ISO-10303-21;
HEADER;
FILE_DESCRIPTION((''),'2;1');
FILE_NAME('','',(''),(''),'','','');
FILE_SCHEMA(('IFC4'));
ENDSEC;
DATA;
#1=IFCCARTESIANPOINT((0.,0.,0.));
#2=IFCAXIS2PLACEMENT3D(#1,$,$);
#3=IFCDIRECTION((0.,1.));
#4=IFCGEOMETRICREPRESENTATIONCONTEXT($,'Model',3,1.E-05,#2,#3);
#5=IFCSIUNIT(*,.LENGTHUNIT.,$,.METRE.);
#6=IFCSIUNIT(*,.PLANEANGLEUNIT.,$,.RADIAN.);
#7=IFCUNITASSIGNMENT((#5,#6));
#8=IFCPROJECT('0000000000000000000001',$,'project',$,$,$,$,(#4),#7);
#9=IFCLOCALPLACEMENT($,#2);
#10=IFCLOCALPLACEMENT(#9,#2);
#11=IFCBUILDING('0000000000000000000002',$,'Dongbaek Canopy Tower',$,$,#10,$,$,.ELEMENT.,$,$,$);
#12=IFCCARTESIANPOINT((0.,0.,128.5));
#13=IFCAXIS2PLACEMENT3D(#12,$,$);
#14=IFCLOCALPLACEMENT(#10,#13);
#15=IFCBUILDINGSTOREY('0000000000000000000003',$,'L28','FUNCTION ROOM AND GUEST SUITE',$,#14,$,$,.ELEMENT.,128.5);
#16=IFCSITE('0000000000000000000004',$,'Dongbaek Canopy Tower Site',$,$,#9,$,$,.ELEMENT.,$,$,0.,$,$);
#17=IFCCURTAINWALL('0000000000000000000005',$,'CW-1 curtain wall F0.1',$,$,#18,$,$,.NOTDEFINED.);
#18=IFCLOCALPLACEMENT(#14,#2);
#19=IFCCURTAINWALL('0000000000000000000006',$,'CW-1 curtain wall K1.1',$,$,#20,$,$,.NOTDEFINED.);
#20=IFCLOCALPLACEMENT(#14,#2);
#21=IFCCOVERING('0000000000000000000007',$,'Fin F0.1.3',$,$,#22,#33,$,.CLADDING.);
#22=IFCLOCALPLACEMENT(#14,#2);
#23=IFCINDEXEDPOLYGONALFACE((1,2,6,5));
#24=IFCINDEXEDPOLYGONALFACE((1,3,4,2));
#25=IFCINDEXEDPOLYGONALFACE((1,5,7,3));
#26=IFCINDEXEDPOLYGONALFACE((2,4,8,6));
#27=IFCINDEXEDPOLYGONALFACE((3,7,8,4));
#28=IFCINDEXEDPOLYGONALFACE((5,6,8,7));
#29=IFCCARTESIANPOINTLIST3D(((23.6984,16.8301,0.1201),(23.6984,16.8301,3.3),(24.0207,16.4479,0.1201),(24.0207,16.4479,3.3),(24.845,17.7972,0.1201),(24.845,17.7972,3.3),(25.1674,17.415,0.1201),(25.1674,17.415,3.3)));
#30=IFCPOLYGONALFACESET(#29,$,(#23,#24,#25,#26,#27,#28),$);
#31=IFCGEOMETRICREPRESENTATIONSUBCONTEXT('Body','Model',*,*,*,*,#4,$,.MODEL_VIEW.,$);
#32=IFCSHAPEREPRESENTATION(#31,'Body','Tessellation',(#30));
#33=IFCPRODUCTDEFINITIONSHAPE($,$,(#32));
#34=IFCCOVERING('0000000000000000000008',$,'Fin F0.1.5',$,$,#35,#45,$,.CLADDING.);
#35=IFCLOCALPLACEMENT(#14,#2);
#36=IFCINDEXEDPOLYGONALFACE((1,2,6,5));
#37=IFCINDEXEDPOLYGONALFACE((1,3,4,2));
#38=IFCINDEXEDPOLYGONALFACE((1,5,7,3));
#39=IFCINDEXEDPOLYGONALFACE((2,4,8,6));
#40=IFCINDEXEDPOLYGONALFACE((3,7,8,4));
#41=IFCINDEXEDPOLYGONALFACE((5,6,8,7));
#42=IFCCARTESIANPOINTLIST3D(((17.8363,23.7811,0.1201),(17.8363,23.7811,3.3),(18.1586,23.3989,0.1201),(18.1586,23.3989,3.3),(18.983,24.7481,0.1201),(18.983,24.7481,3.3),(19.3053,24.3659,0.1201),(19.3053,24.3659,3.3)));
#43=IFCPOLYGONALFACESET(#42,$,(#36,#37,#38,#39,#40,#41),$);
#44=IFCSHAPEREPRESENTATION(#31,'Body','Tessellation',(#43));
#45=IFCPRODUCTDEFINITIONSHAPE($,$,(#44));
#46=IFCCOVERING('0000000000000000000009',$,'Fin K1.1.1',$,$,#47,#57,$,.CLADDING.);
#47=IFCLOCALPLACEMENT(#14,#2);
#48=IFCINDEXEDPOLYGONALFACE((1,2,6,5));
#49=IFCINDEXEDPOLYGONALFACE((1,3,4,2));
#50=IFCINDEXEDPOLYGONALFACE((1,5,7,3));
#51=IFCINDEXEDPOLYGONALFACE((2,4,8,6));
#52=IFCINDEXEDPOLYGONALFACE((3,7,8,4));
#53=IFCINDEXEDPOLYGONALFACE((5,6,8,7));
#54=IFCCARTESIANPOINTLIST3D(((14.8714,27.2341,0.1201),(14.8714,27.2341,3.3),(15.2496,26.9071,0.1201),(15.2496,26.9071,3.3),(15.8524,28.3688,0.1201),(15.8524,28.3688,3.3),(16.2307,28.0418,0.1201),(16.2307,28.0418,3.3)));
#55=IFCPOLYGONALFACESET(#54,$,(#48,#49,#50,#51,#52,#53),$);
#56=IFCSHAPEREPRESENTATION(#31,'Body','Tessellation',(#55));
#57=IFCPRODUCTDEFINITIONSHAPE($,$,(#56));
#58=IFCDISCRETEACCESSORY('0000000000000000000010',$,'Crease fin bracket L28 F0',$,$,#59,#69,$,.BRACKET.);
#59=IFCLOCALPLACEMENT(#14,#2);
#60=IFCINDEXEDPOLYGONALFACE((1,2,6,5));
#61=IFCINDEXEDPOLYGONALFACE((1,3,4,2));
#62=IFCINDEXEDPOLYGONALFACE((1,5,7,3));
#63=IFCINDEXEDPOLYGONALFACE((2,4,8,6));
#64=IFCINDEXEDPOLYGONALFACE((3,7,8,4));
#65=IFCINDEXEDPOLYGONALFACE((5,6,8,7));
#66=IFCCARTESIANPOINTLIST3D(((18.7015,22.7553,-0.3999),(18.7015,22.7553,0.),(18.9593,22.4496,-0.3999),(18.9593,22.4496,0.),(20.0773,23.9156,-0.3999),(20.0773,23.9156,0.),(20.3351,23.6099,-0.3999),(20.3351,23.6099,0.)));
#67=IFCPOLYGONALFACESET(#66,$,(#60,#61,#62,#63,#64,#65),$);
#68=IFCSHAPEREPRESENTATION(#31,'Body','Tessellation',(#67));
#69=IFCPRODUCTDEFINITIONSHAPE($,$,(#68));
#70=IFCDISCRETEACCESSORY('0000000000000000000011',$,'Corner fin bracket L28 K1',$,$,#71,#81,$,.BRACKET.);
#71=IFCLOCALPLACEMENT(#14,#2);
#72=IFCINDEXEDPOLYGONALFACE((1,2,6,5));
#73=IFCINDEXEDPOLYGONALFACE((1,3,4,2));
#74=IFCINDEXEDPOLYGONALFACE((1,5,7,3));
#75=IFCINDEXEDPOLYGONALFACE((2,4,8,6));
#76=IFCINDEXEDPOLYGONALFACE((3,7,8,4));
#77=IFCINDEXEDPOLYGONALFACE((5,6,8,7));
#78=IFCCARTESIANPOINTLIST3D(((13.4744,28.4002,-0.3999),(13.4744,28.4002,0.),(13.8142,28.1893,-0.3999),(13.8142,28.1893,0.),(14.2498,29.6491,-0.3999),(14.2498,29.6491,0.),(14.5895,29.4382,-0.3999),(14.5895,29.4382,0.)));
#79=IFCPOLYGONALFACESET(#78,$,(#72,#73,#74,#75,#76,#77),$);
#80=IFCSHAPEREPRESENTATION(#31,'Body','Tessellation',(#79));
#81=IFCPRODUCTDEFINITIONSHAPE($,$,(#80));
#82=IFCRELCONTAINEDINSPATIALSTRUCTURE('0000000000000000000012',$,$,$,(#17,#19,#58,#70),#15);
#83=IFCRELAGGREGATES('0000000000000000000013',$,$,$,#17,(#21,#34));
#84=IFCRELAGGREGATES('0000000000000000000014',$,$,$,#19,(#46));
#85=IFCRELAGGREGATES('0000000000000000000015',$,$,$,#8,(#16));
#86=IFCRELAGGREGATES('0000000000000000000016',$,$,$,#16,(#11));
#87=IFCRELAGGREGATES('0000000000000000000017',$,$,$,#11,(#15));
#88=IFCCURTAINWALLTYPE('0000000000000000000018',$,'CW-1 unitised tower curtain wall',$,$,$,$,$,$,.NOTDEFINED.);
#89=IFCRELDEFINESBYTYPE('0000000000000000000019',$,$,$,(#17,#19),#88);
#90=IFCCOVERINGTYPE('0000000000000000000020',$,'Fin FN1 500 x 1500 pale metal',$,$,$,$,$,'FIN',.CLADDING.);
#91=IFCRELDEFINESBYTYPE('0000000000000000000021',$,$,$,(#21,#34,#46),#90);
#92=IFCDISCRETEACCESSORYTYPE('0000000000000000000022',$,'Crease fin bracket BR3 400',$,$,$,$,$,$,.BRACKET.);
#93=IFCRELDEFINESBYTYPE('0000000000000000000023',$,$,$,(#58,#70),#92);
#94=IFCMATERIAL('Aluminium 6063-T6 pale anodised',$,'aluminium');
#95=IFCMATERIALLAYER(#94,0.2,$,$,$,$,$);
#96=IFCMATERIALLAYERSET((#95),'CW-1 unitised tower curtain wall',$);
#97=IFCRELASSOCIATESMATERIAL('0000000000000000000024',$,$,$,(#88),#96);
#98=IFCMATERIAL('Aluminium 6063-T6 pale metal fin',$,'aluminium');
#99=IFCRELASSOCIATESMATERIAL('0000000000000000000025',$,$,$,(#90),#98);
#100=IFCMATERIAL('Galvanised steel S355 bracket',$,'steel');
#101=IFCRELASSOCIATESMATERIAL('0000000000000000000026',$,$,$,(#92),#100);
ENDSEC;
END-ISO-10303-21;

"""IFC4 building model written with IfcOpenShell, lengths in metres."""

from ifc_helpers import new_model, si_unit, direction, frame, origin, origin_2d, place, context, subcontext, project, spatial, rectangle, extrude, material, layer, layer_set, material_profile, profile_set, type_object, element, aggregate, save


model = new_model("IFC4")

# Units and contexts
model_context = context("Model", 3, precision=1e-05, world=origin(), true_north=direction((0.0, 1.0)))
body_context = subcontext(model_context, "Body", "Model", "MODEL_VIEW")
ifc_project = project(units=[si_unit("LENGTHUNIT", "METRE"), si_unit("PLANEANGLEUNIT", "RADIAN")], contexts=[model_context])

# Site, building, storey
site_placement = place(None, origin())
site = spatial("IfcSite", under=ifc_project, at=site_placement, Name="Dongbaek Canopy Tower Site", CompositionType="ELEMENT", RefElevation=0.0)
building_placement = place(site_placement, origin())
building = spatial("IfcBuilding", under=site, at=building_placement, Name="Dongbaek Canopy Tower", CompositionType="ELEMENT")
storey_placement = place(building_placement, frame((0.0, 0.0, 128.5)))
storey = spatial("IfcBuildingStorey", under=building, at=storey_placement, Name="L28", Description="FUNCTION ROOM AND GUEST SUITE", CompositionType="ELEMENT", Elevation=128.5)

# Curtain wall
ifc_material_1 = material(Name="Aluminium 6063-T6 pale anodised", Category="aluminium")
ifc_layer_1 = layer(ifc_material_1, 0.2)
ifc_layer_set_1 = layer_set([ifc_layer_1], Name="CW-1 unitised tower curtain wall")
curtain_wall_type = type_object("IfcCurtainWallType", Name="CW-1 unitised tower curtain wall", PredefinedType="NOTDEFINED", material=ifc_layer_set_1)
curtain_wall_1_placement = place(storey_placement, origin())
curtain_wall_1 = element("IfcCurtainWall", 1, at=curtain_wall_1_placement, inside=storey, type_object=curtain_wall_type, Name="CW-1 curtain wall F0.1", PredefinedType="NOTDEFINED")

# Curtain wall
curtain_wall_2_placement = place(storey_placement, origin())
curtain_wall_2 = element("IfcCurtainWall", 2, at=curtain_wall_2_placement, inside=storey, type_object=curtain_wall_type, Name="CW-1 curtain wall K1.1", PredefinedType="NOTDEFINED")

# Coverings
ifc_material_2 = material(Name="Aluminium 6063-T6 pale metal fin", Category="aluminium")
ifc_material_profile_1 = material_profile(ifc_material_2, rectangle(XDim=1.5, YDim=0.5, at=origin_2d()), Name="Fin FN1 500 x 1500 pale metal")
ifc_profile_set_1 = profile_set([ifc_material_profile_1], Name="Aluminium 6063-T6 pale metal fin")
covering_type_1 = type_object("IfcCoveringType", Name="Fin FN1 500 x 1500 pale metal", ElementType="FIN", PredefinedType="CLADDING", material=ifc_profile_set_1)
covering_1_placement = place(storey_placement, frame((24.4329, 17.1226, 0.1201), z_axis=(0.0, 0.0, 1.0), x_axis=(0.764439, 0.644696, 0.0)))
covering_1 = element("IfcCovering", 3, at=covering_1_placement, type_object=covering_type_1, Name="Fin F0.1.3", PredefinedType="CLADDING", context=body_context, shape_type="SweptSolid", body=[
    extrude(rectangle(XDim=1.5, YDim=0.5, at=origin_2d()), origin(), (0.0, 0.0, 1.0), 3.1799),
])
covering_2_placement = place(storey_placement, frame((18.5708, 24.0735, 0.1201), z_axis=(0.0, 0.0, 1.0), x_axis=(0.764439, 0.644696, 0.0)))
covering_2 = element("IfcCovering", 4, at=covering_2_placement, type_object=covering_type_1, Name="Fin F0.1.5", PredefinedType="CLADDING", context=body_context, shape_type="SweptSolid", body=[
    extrude(rectangle(XDim=1.5, YDim=0.5, at=origin_2d()), origin(), (0.0, 0.0, 1.0), 3.1799),
])
aggregate(curtain_wall_1, [covering_1, covering_2])
covering_3_placement = place(storey_placement, frame((15.551, 27.6379, 0.1201), z_axis=(0.0, 0.0, 1.0), x_axis=(0.654014, 0.756482, 0.0)))
covering_3 = element("IfcCovering", 5, at=covering_3_placement, type_object=covering_type_1, Name="Fin K1.1.1", PredefinedType="CLADDING", context=body_context, shape_type="SweptSolid", body=[
    extrude(rectangle(XDim=1.5, YDim=0.5, at=origin_2d()), origin(), (0.0, 0.0, 1.0), 3.1799),
])
aggregate(curtain_wall_2, [covering_3])

# Discrete accessories
ifc_material_3 = material(Name="Galvanised steel S355 bracket", Category="steel")
discrete_accessory_type = type_object("IfcDiscreteAccessoryType", Name="Crease fin bracket BR3 400", PredefinedType="BRACKET", material=ifc_material_3)
discrete_accessory_1_placement = place(storey_placement, frame((19.5183, 23.1826, -0.3999), z_axis=(0.0, 0.0, 1.0), x_axis=(0.764439, 0.644696, 0.0)))
element("IfcDiscreteAccessory", 6, at=discrete_accessory_1_placement, inside=storey, type_object=discrete_accessory_type, Name="Crease fin bracket L28 F0", PredefinedType="BRACKET", context=body_context, shape_type="SweptSolid", body=[
    extrude(rectangle(XDim=1.7998, YDim=0.3999, at=origin_2d()), origin(), (0.0, 0.0, 1.0), 0.3999),
])
discrete_accessory_2_placement = place(storey_placement, frame((14.032, 28.9192, -0.3999), z_axis=(0.0, 0.0, 1.0), x_axis=(0.527441, 0.849592, 0.0)))
element("IfcDiscreteAccessory", 7, at=discrete_accessory_2_placement, inside=storey, type_object=discrete_accessory_type, Name="Corner fin bracket L28 K1", PredefinedType="BRACKET", context=body_context, shape_type="SweptSolid", body=[
    extrude(rectangle(XDim=1.47, YDim=0.3999, at=origin_2d()), origin(), (0.0, 0.0, 1.0), 0.3999),
])

save(model, "model.ifc")
